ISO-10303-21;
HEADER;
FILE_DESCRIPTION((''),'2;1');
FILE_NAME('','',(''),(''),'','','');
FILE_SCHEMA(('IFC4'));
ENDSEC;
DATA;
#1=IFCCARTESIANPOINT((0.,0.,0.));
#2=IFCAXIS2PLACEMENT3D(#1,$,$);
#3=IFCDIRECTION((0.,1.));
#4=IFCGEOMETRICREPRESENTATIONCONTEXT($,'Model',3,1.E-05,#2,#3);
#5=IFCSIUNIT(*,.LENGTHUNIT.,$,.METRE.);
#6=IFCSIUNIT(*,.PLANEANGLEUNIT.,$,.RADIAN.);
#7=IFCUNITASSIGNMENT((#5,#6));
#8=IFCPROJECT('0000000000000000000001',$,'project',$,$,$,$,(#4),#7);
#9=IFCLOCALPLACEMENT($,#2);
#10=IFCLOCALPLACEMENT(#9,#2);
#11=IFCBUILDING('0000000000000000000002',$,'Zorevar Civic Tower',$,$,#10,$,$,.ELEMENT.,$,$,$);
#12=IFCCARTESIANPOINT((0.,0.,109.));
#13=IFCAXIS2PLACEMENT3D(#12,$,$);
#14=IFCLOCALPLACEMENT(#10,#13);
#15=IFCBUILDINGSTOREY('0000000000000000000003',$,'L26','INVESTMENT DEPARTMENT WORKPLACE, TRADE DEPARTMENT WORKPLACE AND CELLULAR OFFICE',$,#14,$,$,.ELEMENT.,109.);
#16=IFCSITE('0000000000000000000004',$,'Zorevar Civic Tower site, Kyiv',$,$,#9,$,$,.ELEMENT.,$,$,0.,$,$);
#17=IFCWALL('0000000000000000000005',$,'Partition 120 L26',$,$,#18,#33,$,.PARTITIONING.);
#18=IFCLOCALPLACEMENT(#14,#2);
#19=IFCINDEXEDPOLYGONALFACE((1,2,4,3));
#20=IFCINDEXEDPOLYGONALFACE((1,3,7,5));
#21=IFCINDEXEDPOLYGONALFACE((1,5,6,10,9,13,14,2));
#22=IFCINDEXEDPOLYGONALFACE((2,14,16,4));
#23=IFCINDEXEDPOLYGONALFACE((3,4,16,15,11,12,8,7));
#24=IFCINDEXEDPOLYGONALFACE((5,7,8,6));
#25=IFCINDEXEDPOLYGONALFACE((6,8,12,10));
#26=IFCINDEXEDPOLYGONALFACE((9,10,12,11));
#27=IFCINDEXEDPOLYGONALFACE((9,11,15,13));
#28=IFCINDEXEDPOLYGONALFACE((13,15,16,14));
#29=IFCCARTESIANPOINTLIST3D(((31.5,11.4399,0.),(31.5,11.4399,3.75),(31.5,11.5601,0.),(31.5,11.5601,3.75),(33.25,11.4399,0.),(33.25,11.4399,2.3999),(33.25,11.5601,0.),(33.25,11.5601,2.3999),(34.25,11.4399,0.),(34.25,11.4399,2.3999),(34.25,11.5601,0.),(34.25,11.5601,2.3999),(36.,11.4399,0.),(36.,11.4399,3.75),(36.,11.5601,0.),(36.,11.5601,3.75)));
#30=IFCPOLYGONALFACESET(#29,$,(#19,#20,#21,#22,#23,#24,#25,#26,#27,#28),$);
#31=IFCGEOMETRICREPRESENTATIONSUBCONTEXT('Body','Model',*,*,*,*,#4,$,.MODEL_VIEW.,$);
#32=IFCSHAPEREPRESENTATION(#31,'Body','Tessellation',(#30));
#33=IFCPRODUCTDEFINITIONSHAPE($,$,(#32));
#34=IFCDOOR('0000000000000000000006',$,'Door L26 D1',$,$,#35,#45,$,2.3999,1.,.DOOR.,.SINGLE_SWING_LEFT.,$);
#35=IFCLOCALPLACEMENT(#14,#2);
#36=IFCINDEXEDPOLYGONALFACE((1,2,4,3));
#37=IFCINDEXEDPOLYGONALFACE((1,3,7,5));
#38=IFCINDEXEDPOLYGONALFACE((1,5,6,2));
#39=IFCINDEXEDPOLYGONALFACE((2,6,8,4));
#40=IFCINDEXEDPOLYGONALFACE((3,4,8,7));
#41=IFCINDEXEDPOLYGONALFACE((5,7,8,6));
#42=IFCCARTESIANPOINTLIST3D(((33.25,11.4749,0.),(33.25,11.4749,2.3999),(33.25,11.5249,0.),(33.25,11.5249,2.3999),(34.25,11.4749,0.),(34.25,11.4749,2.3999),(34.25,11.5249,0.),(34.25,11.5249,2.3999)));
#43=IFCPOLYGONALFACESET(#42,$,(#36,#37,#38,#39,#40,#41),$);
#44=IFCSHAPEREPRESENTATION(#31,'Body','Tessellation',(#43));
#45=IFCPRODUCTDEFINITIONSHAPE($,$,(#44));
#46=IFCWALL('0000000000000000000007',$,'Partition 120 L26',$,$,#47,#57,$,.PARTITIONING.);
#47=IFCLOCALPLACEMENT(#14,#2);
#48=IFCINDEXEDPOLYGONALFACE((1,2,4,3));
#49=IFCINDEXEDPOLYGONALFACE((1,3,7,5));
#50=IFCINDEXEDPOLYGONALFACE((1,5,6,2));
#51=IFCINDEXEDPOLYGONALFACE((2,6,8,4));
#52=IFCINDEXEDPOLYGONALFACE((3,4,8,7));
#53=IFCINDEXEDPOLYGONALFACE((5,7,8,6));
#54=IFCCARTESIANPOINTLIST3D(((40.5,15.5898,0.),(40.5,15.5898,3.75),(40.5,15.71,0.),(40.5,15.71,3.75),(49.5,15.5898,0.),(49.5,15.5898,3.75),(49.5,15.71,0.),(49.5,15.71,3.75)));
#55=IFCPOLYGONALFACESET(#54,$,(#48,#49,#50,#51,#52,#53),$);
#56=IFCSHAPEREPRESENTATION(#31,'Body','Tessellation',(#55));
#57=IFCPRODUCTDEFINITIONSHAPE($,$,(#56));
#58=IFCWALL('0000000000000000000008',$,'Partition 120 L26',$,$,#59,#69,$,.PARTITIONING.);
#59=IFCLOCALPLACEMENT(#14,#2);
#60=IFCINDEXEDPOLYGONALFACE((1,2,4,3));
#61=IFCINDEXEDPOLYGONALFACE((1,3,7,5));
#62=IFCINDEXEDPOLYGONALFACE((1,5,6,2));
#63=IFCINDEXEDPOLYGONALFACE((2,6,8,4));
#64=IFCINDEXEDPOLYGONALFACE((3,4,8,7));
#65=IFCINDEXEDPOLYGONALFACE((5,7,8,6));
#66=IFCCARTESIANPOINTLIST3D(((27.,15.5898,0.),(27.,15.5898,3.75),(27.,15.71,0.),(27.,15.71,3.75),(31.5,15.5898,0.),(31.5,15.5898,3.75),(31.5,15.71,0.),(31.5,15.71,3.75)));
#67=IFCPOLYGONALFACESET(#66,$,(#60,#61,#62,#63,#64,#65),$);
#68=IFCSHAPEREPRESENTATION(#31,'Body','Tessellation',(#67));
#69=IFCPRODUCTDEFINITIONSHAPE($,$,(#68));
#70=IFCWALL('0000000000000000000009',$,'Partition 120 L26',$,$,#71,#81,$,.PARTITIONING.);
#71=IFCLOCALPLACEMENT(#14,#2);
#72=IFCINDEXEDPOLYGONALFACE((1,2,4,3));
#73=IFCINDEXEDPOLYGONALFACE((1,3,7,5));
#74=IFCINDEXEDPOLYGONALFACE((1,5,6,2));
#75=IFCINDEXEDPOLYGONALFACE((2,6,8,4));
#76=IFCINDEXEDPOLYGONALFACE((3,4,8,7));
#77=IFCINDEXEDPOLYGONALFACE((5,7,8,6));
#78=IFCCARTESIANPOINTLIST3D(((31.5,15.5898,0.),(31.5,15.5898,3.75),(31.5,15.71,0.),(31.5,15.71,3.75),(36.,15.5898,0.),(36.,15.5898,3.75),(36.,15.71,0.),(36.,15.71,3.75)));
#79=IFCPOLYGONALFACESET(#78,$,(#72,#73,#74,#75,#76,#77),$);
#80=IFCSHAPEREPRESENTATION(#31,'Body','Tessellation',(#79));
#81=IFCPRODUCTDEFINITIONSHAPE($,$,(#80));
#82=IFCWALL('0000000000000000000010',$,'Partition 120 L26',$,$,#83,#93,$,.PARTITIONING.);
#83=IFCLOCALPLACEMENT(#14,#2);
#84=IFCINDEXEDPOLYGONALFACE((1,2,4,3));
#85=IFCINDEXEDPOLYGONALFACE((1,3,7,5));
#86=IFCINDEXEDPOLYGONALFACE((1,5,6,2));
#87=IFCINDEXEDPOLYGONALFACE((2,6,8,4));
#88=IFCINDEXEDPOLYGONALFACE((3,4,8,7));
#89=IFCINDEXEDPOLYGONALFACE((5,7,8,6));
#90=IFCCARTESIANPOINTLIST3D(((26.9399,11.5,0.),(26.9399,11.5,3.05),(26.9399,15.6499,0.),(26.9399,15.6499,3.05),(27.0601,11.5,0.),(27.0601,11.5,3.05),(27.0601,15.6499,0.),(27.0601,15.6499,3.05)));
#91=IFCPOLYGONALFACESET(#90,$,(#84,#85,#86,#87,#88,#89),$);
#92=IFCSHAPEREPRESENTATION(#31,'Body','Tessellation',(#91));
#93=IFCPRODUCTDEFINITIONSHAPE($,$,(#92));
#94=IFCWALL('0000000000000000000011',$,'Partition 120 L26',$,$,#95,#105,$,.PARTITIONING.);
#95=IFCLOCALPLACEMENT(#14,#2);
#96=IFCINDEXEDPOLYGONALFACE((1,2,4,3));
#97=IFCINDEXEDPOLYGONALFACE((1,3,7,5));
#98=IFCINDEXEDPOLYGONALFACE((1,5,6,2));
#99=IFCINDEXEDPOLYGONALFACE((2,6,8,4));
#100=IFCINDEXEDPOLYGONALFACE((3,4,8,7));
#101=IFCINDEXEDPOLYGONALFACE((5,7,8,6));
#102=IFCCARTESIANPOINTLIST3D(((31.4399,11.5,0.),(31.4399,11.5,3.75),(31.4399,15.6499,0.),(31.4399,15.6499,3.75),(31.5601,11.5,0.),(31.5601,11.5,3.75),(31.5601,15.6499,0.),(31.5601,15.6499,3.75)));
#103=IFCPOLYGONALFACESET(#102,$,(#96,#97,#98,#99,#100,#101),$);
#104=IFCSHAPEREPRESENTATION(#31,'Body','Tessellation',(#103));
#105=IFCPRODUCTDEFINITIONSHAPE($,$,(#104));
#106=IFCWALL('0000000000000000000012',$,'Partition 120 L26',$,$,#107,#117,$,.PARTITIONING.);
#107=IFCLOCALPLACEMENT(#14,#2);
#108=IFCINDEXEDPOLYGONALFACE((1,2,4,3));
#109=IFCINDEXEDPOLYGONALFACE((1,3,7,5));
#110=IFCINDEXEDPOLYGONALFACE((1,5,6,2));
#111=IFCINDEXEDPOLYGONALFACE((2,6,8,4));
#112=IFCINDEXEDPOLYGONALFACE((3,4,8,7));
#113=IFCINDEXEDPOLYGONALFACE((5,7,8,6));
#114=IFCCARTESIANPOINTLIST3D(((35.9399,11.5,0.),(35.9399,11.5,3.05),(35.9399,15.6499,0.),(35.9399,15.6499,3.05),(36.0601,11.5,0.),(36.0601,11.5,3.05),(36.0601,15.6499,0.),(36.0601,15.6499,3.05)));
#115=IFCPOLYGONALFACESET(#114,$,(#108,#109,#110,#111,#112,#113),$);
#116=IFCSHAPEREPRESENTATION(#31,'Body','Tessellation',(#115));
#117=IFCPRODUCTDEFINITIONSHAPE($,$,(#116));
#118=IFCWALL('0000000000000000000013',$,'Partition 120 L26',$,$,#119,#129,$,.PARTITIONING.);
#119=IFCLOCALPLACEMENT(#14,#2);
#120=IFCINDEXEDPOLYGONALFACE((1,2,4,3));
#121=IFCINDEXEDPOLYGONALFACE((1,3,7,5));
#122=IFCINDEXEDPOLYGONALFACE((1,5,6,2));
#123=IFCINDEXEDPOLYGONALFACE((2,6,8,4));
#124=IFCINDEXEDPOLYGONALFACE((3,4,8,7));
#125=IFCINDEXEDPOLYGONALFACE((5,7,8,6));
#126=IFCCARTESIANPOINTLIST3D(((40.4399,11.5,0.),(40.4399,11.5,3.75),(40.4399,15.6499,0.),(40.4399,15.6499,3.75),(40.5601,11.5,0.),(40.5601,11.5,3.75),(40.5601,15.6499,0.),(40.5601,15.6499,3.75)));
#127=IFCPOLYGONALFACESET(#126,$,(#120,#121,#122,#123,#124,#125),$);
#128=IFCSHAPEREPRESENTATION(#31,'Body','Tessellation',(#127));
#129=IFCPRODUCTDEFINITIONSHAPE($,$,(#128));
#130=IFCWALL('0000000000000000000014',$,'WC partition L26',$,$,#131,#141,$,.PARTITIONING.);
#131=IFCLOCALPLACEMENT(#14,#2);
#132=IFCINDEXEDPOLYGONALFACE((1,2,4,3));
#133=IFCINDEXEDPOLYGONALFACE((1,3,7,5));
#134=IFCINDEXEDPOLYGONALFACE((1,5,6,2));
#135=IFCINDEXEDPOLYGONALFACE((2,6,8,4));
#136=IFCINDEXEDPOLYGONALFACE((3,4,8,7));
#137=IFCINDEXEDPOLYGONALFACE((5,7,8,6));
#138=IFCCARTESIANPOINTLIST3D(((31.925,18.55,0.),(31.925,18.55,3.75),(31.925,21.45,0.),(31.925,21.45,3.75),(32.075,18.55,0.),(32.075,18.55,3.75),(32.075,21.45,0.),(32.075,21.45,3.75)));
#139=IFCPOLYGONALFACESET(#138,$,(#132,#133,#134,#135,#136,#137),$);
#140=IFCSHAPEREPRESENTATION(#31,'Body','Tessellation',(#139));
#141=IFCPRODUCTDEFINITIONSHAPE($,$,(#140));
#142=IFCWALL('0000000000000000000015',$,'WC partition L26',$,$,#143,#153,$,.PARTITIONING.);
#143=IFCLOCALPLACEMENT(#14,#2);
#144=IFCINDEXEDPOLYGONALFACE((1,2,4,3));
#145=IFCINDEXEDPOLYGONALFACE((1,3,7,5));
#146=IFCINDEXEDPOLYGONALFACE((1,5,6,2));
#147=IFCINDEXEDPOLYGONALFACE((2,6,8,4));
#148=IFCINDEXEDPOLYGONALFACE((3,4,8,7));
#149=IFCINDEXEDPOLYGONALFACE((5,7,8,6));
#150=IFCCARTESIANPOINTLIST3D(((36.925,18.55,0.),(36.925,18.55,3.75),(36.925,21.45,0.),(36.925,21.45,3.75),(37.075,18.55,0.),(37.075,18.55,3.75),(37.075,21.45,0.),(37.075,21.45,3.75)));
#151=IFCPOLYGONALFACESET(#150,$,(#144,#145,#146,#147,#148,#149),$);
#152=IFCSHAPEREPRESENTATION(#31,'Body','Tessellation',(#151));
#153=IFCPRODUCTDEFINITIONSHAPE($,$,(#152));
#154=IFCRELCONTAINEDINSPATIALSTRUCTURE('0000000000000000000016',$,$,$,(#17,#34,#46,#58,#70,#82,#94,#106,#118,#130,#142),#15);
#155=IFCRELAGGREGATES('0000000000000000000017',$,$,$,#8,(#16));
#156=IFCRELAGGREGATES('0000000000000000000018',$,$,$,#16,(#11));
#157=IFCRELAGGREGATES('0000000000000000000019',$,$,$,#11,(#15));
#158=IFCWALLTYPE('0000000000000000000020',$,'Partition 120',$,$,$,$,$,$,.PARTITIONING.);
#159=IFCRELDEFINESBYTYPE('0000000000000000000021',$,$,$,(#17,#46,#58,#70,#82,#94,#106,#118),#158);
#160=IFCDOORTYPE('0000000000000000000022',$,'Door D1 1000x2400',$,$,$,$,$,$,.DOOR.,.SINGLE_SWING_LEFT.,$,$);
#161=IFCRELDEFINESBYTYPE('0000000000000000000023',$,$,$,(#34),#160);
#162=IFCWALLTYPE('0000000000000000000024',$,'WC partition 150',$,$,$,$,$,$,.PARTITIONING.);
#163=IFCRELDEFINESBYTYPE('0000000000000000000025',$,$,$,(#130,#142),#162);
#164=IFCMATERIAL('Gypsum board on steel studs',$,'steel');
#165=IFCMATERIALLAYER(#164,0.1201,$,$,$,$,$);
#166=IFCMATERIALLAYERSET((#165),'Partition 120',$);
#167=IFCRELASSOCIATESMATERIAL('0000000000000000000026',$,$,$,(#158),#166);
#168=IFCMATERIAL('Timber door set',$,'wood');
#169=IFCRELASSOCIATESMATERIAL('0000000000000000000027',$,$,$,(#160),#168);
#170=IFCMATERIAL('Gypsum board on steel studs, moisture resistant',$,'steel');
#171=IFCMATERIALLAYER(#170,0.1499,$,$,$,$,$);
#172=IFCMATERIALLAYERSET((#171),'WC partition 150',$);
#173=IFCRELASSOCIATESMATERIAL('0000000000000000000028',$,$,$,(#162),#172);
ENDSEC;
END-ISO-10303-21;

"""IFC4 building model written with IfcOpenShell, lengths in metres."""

from ifc_helpers import new_model, si_unit, direction, frame, frame_2d, origin, place, context, subcontext, project, spatial, rectangle, extrude, material, layer, layer_set, type_object, element, fill, save


model = new_model("IFC4")

# Units and contexts
model_context = context("Model", 3, precision=1e-05, world=origin(), true_north=direction((0.0, 1.0)))
body_context = subcontext(model_context, "Body", "Model", "MODEL_VIEW")
ifc_project = project(units=[si_unit("LENGTHUNIT", "METRE"), si_unit("PLANEANGLEUNIT", "RADIAN")], contexts=[model_context])

# Site, building, storey
site_placement = place(None, origin())
site = spatial("IfcSite", under=ifc_project, at=site_placement, Name="Zorevar Civic Tower site, Kyiv", CompositionType="ELEMENT", RefElevation=0.0)
building_placement = place(site_placement, origin())
building = spatial("IfcBuilding", under=site, at=building_placement, Name="Zorevar Civic Tower", CompositionType="ELEMENT")
storey_placement = place(building_placement, frame((0.0, 0.0, 109.0)))
storey = spatial("IfcBuildingStorey", under=building, at=storey_placement, Name="L26", Description="INVESTMENT DEPARTMENT WORKPLACE, TRADE DEPARTMENT WORKPLACE AND CELLULAR OFFICE", CompositionType="ELEMENT", Elevation=109.0)

# Wall, opening, door
ifc_material_1 = material(Name="Gypsum board on steel studs", Category="steel")
ifc_layer_1 = layer(ifc_material_1, 0.1201)
ifc_layer_set_1 = layer_set([ifc_layer_1], Name="Partition 120")
wall_type_1 = type_object("IfcWallType", Name="Partition 120", PredefinedType="PARTITIONING", material=ifc_layer_set_1)
ifc_material_2 = material(Name="Timber door set", Category="wood")
door_type_1 = type_object("IfcDoorType", Name="Door D1 1000x2400", OperationType="SINGLE_SWING_LEFT", PredefinedType="DOOR", material=ifc_material_2)
wall_1_placement = place(storey_placement, frame((31.5, 11.5, 0.0), z_axis=(0.0, 0.0, 1.0), x_axis=(1.0, 0.0, 0.0)))
wall_1 = element("IfcWall", 1, at=wall_1_placement, inside=storey, type_object=wall_type_1, Name="Partition 120 L26", PredefinedType="PARTITIONING", context=body_context, shape_type="SweptSolid", body=[
    extrude(rectangle(XDim=4.5, YDim=0.1201, at=frame_2d((2.25, 0.0))), origin(), (0.0, 0.0, 1.0), 3.75),
])
opening_1_placement = place(wall_1_placement, frame((1.75, 0.0, 0.0)))
opening_1 = element("IfcOpeningElement", 2, at=opening_1_placement, cuts=wall_1, PredefinedType="OPENING", context=body_context, shape_type="SweptSolid", body=[
    extrude(rectangle(XDim=1.0, YDim=2.3999, at=frame_2d((0.5, 1.2))), frame((0.0, 0.0701, 0.0), z_axis=(0.0, -1.0, 0.0), x_axis=(1.0, 0.0, 0.0)), (0.0, 0.0, 1.0), 0.1401),
])
door_1_placement = place(opening_1_placement, origin())
door_1 = element("IfcDoor", 3, at=door_1_placement, inside=storey, type_object=door_type_1, Name="Door L26 D1", OperationType="SINGLE_SWING_LEFT", OverallHeight=2.3999, OverallWidth=1.0, PredefinedType="DOOR", context=body_context, shape_type="SweptSolid", body=[
    extrude(rectangle(XDim=1.0, YDim=2.3999, at=frame_2d((0.5, 1.2))), frame((0.0, 0.0249, 0.0), z_axis=(0.0, -1.0, 0.0), x_axis=(1.0, 0.0, 0.0)), (0.0, 0.0, 1.0), 0.05),
])
fill(opening_1, door_1)

# Walls
wall_2_placement = place(storey_placement, frame((40.5, 15.6499, 0.0), z_axis=(0.0, 0.0, 1.0), x_axis=(1.0, 0.0, 0.0)))
element("IfcWall", 4, at=wall_2_placement, inside=storey, type_object=wall_type_1, Name="Partition 120 L26", PredefinedType="PARTITIONING", context=body_context, shape_type="SweptSolid", body=[
    extrude(rectangle(XDim=9.0, YDim=0.1201, at=frame_2d((4.5, 0.0))), origin(), (0.0, 0.0, 1.0), 3.75),
])
for number, where, z_axis, x_axis, name in (
    (5, (27.0, 15.6499, 0.0), (0.0, 0.0, 1.0), (1.0, 0.0, 0.0), "Partition 120 L26"),
    (6, (31.5, 15.6499, 0.0), (0.0, 0.0, 1.0), (1.0, 0.0, 0.0), "Partition 120 L26"),
):
    element("IfcWall", number, at=place(storey_placement, frame(where, z_axis=z_axis, x_axis=x_axis)), inside=storey, type_object=wall_type_1, Name=name, PredefinedType="PARTITIONING", context=body_context, shape_type="SweptSolid", body=[
        extrude(rectangle(XDim=4.5, YDim=0.1201, at=frame_2d((2.25, 0.0))), origin(), (0.0, 0.0, 1.0), 3.75),
    ])
wall_3_placement = place(storey_placement, frame((27.0, 11.5, 0.0), z_axis=(0.0, 0.0, 1.0), x_axis=(0.0, 1.0, 0.0)))
element("IfcWall", 7, at=wall_3_placement, inside=storey, type_object=wall_type_1, Name="Partition 120 L26", PredefinedType="PARTITIONING", context=body_context, shape_type="SweptSolid", body=[
    extrude(rectangle(XDim=4.1499, YDim=0.1201, at=frame_2d((2.075, 0.0))), origin(), (0.0, 0.0, 1.0), 3.05),
])
wall_4_placement = place(storey_placement, frame((31.5, 11.5, 0.0), z_axis=(0.0, 0.0, 1.0), x_axis=(0.0, 1.0, 0.0)))
element("IfcWall", 8, at=wall_4_placement, inside=storey, type_object=wall_type_1, Name="Partition 120 L26", PredefinedType="PARTITIONING", context=body_context, shape_type="SweptSolid", body=[
    extrude(rectangle(XDim=4.1499, YDim=0.1201, at=frame_2d((2.075, 0.0))), origin(), (0.0, 0.0, 1.0), 3.75),
])
wall_5_placement = place(storey_placement, frame((36.0, 11.5, 0.0), z_axis=(0.0, 0.0, 1.0), x_axis=(0.0, 1.0, 0.0)))
element("IfcWall", 9, at=wall_5_placement, inside=storey, type_object=wall_type_1, Name="Partition 120 L26", PredefinedType="PARTITIONING", context=body_context, shape_type="SweptSolid", body=[
    extrude(rectangle(XDim=4.1499, YDim=0.1201, at=frame_2d((2.075, 0.0))), origin(), (0.0, 0.0, 1.0), 3.05),
])
wall_6_placement = place(storey_placement, frame((40.5, 11.5, 0.0), z_axis=(0.0, 0.0, 1.0), x_axis=(0.0, 1.0, 0.0)))
element("IfcWall", 10, at=wall_6_placement, inside=storey, type_object=wall_type_1, Name="Partition 120 L26", PredefinedType="PARTITIONING", context=body_context, shape_type="SweptSolid", body=[
    extrude(rectangle(XDim=4.1499, YDim=0.1201, at=frame_2d((2.075, 0.0))), origin(), (0.0, 0.0, 1.0), 3.75),
])
ifc_material_3 = material(Name="Gypsum board on steel studs, moisture resistant", Category="steel")
ifc_layer_2 = layer(ifc_material_3, 0.1499)
ifc_layer_set_2 = layer_set([ifc_layer_2], Name="WC partition 150")
wall_type_2 = type_object("IfcWallType", Name="WC partition 150", PredefinedType="PARTITIONING", material=ifc_layer_set_2)
for number, where, z_axis, x_axis, name in (
    (11, (32.0, 18.55, 0.0), (0.0, 0.0, 1.0), (0.0, 1.0, 0.0), "WC partition L26"),
    (12, (37.0, 18.55, 0.0), (0.0, 0.0, 1.0), (0.0, 1.0, 0.0), "WC partition L26"),
):
    element("IfcWall", number, at=place(storey_placement, frame(where, z_axis=z_axis, x_axis=x_axis)), inside=storey, type_object=wall_type_2, Name=name, PredefinedType="PARTITIONING", context=body_context, shape_type="SweptSolid", body=[
        extrude(rectangle(XDim=2.8999, YDim=0.1499, at=frame_2d((1.45, 0.0))), origin(), (0.0, 0.0, 1.0), 3.75),
    ])

save(model, "model.ifc")
